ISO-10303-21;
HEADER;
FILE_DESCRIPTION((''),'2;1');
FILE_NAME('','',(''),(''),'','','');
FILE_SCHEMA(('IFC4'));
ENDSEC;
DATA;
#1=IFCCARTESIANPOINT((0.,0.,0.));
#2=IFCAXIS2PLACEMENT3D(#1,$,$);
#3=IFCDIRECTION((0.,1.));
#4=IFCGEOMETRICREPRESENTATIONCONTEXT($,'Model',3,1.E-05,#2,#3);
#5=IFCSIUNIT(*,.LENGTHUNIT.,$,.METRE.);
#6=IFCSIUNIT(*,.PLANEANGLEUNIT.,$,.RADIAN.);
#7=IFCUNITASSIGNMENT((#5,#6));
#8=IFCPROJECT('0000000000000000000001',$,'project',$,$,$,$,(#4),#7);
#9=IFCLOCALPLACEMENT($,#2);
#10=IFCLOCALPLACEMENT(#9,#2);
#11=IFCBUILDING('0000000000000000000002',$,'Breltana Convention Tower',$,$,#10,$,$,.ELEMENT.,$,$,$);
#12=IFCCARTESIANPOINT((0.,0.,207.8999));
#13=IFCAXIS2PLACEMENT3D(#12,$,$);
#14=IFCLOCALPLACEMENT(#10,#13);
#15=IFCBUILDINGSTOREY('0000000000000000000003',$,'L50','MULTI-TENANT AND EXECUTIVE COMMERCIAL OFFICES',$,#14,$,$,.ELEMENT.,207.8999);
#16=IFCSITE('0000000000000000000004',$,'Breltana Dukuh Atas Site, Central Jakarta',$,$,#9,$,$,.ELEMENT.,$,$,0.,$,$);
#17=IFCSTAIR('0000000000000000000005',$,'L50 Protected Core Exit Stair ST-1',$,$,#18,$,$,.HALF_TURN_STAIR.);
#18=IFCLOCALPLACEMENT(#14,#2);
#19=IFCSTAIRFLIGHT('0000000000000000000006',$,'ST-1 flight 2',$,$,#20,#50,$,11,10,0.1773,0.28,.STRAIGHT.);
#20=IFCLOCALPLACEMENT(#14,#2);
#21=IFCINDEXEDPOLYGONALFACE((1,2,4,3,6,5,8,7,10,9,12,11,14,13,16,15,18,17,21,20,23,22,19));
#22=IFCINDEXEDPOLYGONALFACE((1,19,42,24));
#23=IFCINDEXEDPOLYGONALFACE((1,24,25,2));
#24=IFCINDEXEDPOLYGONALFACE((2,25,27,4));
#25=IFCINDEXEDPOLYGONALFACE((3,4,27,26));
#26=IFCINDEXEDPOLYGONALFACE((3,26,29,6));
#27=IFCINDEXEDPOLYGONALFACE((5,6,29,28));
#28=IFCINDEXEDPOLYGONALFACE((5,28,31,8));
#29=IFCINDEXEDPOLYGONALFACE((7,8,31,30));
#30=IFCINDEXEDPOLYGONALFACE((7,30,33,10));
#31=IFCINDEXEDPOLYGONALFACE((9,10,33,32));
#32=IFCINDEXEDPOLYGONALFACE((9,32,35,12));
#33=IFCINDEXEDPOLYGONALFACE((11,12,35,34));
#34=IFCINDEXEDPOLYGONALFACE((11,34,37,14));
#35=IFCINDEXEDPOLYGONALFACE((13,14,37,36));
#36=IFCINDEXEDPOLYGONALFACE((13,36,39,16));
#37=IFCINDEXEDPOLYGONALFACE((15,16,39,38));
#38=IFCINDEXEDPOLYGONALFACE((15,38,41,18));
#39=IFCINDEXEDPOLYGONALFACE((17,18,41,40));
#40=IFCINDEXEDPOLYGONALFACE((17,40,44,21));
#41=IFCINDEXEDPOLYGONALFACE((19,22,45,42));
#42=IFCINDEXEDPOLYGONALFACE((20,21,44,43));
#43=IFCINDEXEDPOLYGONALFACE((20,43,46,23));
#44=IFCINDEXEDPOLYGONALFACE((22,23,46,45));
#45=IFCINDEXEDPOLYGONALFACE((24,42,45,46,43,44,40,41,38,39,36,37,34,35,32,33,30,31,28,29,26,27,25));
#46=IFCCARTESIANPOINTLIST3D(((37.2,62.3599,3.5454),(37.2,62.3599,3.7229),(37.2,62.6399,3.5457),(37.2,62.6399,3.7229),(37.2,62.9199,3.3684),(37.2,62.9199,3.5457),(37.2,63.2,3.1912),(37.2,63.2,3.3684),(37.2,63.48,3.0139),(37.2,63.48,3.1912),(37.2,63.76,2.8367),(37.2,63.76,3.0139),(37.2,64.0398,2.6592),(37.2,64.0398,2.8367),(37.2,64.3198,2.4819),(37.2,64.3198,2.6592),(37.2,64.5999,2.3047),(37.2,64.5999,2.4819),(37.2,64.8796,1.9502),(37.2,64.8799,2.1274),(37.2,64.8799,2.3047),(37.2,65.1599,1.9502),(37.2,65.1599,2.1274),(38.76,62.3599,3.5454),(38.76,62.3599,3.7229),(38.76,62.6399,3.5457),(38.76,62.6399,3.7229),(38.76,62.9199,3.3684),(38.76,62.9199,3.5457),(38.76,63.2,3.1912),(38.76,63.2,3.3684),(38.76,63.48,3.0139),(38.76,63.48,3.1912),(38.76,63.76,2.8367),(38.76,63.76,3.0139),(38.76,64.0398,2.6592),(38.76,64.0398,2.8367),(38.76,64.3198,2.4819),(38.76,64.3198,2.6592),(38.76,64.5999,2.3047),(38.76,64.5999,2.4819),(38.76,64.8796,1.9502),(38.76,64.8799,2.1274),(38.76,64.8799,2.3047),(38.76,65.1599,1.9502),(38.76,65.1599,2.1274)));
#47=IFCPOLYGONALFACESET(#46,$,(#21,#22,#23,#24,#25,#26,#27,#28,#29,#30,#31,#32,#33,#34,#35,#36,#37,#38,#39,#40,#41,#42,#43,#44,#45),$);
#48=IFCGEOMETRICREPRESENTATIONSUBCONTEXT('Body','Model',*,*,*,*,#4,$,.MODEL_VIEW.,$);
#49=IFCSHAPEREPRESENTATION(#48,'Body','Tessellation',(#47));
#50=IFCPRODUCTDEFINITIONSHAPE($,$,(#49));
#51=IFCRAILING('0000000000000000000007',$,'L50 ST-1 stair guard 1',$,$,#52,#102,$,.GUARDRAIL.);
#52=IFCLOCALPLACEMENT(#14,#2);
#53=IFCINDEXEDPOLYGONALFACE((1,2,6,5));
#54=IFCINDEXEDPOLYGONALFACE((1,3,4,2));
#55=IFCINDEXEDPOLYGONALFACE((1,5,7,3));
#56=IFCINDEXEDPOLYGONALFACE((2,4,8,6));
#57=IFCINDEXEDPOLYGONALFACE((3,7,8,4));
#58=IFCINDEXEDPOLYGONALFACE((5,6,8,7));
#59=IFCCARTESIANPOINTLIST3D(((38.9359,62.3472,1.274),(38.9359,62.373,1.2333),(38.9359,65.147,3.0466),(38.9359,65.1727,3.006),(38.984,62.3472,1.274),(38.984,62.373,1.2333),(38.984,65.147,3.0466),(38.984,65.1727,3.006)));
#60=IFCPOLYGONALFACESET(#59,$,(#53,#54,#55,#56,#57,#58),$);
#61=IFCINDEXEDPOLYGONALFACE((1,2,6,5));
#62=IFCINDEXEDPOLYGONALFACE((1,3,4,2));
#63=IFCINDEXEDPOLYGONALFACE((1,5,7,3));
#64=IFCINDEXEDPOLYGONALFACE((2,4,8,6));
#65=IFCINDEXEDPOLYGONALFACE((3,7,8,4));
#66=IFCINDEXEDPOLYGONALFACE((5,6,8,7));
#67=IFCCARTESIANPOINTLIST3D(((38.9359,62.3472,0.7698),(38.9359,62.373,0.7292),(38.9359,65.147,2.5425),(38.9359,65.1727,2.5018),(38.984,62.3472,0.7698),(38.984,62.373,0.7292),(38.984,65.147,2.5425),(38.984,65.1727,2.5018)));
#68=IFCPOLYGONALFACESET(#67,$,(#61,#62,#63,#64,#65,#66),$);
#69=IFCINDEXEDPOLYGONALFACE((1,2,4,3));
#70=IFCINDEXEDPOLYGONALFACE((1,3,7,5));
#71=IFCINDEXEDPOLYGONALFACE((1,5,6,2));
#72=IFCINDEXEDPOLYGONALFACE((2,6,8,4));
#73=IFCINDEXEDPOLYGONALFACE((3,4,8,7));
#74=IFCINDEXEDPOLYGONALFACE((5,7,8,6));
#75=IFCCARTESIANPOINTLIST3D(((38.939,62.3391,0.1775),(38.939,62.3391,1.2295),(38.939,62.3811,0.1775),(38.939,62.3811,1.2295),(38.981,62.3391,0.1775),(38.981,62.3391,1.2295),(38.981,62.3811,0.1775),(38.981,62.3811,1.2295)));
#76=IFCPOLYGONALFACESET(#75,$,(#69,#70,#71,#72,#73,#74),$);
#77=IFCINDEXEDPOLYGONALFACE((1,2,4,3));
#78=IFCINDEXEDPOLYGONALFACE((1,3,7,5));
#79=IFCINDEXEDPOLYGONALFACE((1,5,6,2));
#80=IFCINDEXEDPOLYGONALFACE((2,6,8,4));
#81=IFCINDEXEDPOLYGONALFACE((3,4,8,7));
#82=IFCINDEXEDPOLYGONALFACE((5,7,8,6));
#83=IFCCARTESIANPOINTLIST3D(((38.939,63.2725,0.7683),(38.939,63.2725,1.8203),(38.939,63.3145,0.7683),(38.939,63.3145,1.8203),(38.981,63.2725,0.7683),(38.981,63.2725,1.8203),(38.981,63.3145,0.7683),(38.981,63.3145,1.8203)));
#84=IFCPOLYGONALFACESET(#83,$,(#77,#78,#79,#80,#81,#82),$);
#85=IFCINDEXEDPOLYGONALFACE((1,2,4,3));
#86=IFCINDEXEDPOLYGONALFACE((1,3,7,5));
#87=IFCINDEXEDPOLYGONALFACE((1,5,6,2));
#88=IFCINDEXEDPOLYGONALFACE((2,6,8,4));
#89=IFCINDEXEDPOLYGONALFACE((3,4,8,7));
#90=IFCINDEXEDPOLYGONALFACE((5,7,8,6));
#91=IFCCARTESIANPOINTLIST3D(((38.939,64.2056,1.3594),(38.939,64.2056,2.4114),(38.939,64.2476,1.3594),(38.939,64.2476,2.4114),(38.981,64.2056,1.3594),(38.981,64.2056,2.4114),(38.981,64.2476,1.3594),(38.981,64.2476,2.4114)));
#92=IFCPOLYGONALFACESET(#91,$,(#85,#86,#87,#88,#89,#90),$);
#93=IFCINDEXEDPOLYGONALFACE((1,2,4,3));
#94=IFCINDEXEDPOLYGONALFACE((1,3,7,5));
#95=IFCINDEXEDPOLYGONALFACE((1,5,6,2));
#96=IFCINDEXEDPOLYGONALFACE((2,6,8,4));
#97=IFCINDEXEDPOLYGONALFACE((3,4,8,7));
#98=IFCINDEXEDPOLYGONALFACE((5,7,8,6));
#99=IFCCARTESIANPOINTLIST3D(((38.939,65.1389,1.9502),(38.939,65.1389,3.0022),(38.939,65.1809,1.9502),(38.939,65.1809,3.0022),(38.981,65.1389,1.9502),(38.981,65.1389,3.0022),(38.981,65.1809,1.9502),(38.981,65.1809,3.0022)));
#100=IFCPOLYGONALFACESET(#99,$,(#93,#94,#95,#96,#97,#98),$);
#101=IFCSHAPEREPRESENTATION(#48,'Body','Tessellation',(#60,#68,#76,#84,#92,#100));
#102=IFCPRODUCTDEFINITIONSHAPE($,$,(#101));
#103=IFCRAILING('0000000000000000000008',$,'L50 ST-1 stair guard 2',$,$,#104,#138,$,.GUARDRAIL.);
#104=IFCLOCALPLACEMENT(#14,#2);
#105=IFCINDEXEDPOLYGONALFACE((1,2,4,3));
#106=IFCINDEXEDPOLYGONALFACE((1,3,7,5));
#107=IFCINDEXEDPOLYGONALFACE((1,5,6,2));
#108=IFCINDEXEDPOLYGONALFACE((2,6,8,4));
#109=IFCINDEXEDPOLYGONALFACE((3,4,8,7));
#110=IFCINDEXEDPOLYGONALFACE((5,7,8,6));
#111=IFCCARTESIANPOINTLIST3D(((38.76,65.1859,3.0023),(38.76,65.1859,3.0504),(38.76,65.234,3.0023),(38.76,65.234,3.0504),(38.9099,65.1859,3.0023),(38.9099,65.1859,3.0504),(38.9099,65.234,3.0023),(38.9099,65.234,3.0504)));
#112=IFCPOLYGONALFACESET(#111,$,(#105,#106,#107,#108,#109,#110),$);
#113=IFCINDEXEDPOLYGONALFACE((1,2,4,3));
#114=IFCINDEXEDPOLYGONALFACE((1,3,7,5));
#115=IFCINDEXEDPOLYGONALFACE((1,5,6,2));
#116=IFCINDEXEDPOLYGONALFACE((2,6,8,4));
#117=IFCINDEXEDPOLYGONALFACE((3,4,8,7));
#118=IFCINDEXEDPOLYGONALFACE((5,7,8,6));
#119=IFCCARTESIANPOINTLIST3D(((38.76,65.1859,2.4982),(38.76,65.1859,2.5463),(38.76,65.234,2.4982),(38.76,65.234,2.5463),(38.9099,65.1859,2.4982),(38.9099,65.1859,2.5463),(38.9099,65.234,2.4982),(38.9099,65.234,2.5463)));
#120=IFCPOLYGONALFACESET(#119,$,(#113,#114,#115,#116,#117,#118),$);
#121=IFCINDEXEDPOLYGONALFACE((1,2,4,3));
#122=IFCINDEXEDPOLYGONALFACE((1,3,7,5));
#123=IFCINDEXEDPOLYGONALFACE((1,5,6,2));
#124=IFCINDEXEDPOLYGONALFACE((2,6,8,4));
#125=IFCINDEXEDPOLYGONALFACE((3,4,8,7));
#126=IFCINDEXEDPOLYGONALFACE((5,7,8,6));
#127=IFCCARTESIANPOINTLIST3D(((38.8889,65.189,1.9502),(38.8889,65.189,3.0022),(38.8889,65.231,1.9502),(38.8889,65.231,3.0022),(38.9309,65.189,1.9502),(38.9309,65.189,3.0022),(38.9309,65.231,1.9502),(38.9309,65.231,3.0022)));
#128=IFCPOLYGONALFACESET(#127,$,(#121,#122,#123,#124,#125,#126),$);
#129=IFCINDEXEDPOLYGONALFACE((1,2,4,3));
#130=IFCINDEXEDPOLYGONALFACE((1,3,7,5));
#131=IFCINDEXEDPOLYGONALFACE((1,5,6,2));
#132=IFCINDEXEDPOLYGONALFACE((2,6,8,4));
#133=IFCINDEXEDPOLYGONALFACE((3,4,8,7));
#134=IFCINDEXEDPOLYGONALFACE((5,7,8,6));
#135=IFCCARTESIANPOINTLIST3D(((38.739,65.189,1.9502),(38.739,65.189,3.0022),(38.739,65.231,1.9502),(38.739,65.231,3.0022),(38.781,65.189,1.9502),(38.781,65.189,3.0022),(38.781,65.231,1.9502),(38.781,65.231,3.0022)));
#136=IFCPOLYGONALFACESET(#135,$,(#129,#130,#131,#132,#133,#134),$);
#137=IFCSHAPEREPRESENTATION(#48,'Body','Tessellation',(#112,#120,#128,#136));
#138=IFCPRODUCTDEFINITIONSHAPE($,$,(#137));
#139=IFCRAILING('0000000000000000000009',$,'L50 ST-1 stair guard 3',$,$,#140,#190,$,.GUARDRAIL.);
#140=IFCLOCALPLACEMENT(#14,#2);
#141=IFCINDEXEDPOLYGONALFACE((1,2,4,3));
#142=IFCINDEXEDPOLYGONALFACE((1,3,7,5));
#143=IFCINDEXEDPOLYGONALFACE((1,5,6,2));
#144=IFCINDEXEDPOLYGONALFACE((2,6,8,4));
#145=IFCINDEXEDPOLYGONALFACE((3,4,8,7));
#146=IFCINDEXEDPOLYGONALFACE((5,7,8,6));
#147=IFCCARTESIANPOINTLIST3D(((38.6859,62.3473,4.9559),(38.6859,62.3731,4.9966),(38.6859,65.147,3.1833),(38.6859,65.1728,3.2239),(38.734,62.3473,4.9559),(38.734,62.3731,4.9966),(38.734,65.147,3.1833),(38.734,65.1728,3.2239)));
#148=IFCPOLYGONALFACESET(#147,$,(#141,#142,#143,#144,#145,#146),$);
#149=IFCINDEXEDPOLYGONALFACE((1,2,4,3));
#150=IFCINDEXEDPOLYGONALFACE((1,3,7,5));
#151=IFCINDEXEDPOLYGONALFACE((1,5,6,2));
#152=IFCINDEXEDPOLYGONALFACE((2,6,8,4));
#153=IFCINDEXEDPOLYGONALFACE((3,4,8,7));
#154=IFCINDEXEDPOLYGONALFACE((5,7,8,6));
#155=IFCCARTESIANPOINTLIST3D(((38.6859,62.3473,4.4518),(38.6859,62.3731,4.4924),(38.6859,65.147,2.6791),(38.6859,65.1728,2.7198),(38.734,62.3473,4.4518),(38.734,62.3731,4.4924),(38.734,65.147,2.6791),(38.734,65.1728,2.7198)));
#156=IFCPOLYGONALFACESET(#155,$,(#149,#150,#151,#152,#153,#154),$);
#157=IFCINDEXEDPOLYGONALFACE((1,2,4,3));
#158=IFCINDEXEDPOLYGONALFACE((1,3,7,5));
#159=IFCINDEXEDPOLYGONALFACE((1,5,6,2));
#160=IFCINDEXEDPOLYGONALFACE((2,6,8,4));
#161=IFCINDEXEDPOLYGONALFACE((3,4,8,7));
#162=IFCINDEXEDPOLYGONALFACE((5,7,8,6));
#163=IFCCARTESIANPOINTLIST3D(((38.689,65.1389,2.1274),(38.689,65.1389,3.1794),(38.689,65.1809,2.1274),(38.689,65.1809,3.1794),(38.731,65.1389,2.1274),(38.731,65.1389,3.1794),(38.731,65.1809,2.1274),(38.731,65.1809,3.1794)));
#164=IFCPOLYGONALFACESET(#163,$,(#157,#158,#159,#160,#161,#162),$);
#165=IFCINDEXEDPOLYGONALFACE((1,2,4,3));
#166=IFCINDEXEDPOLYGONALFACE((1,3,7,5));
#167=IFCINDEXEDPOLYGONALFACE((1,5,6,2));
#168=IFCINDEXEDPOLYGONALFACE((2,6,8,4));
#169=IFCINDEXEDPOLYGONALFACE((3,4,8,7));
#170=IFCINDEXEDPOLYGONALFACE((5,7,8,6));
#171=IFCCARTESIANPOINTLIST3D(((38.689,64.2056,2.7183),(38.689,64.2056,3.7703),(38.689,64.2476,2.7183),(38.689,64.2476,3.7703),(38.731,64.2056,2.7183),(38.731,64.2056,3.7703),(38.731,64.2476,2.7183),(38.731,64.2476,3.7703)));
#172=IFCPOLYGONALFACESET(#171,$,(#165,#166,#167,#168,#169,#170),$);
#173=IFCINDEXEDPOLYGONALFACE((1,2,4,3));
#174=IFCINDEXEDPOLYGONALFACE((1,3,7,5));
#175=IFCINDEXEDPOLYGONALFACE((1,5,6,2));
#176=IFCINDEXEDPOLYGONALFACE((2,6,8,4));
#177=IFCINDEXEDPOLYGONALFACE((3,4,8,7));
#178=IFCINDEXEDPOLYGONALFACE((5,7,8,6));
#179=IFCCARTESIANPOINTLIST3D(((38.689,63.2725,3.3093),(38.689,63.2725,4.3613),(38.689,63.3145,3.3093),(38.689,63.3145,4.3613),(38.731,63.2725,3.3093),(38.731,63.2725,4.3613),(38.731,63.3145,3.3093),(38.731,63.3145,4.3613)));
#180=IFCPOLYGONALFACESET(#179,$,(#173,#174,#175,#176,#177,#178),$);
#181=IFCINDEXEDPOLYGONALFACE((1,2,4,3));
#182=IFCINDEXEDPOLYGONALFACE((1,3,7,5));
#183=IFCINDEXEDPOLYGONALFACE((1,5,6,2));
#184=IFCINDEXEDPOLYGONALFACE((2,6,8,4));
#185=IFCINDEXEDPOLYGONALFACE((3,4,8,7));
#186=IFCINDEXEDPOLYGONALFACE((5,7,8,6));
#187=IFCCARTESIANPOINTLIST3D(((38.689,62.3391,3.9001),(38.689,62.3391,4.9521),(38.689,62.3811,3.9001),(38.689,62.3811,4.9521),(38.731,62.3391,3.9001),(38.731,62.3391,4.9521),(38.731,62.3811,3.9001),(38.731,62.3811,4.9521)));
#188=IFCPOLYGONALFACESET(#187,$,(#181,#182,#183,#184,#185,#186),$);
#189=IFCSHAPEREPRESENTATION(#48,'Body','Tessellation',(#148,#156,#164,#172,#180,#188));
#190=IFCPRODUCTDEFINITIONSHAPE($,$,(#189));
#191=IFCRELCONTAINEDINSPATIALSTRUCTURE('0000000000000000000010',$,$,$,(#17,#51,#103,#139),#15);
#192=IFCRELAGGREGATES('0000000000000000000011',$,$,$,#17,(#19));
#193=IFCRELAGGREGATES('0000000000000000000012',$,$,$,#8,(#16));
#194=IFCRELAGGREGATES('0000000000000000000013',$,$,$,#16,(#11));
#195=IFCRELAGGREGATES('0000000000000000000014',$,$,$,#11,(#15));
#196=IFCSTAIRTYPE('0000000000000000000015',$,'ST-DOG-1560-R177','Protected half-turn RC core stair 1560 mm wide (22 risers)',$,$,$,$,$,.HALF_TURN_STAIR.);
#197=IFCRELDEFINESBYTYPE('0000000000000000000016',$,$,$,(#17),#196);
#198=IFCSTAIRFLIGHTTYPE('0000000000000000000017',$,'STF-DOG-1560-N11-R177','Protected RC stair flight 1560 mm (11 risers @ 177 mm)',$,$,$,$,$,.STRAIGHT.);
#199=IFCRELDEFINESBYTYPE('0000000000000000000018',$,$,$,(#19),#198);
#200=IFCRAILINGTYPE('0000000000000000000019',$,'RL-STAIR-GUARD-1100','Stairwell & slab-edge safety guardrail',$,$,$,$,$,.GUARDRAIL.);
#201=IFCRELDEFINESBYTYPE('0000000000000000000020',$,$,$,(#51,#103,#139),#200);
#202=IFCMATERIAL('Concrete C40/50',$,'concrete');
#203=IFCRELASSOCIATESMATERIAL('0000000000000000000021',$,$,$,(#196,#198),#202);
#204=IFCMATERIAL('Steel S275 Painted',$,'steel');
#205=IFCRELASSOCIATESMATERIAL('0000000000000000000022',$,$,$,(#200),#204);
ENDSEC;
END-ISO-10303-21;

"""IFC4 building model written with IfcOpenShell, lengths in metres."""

from ifc_helpers import new_model, si_unit, direction, frame, origin, origin_2d, place, context, subcontext, project, spatial, polyline, rectangle, outline, extrude, material, type_object, element, aggregate, save


model = new_model("IFC4")

# Units and contexts
model_context = context("Model", 3, precision=1e-05, world=origin(), true_north=direction((0.0, 1.0)))
body_context = subcontext(model_context, "Body", "Model", "MODEL_VIEW")
ifc_project = project(units=[si_unit("LENGTHUNIT", "METRE"), si_unit("PLANEANGLEUNIT", "RADIAN")], contexts=[model_context])

# Site, building, storey
site_placement = place(None, origin())
site = spatial("IfcSite", under=ifc_project, at=site_placement, Name="Breltana Dukuh Atas Site, Central Jakarta", CompositionType="ELEMENT", RefElevation=0.0)
building_placement = place(site_placement, origin())
building = spatial("IfcBuilding", under=site, at=building_placement, Name="Breltana Convention Tower", CompositionType="ELEMENT")
storey_placement = place(building_placement, frame((0.0, 0.0, 207.8999)))
storey = spatial("IfcBuildingStorey", under=building, at=storey_placement, Name="L50", Description="MULTI-TENANT AND EXECUTIVE COMMERCIAL OFFICES", CompositionType="ELEMENT", Elevation=207.8999)

# Stair, stair flight
ifc_material_1 = material(Name="Concrete C40/50", Category="concrete")
stair_type = type_object("IfcStairType", Name="ST-DOG-1560-R177", Description="Protected half-turn RC core stair 1560 mm wide (22 risers)", PredefinedType="HALF_TURN_STAIR", material=ifc_material_1)
stair_placement = place(storey_placement, origin())
stair = element("IfcStair", 1, at=stair_placement, inside=storey, type_object=stair_type, Name="L50 Protected Core Exit Stair ST-1", PredefinedType="HALF_TURN_STAIR")
stair_flight_type = type_object("IfcStairFlightType", Name="STF-DOG-1560-N11-R177", Description="Protected RC stair flight 1560 mm (11 risers @ 177 mm)", PredefinedType="STRAIGHT", material=ifc_material_1)
stair_flight_1_placement = place(storey_placement, frame((37.98, 65.1599, 1.9502), z_axis=(0.0, 0.0, 1.0), x_axis=(0.0, -1.0, 0.0)))
stair_flight_1 = element("IfcStairFlight", 2, at=stair_flight_1_placement, type_object=stair_flight_type, Name="ST-1 flight 2", NumberOfRisers=11, NumberOfTreads=10, PredefinedType="STRAIGHT", RiserHeight=0.1773, TreadLength=0.28, context=body_context, shape_type="SweptSolid", body=[
    extrude(outline(polyline([(0.0, 0.0), (0.0, 0.1772), (0.28, 0.1772), (0.28, 0.3545), (0.5601, 0.3545), (0.5601, 0.5317), (0.8401, 0.5317), (0.8401, 0.709), (1.1201, 0.709), (1.1201, 0.8865), (1.3999, 0.8865), (1.3999, 1.0637), (1.6799, 1.0637), (1.6799, 1.241), (1.96, 1.241), (1.96, 1.4182), (2.24, 1.4182), (2.24, 1.5955), (2.52, 1.5955), (2.52, 1.7727), (2.8, 1.7727), (2.8, 1.95), (2.8, 1.5952), (0.2803, 0.0), (0.0, 0.0)])), frame((0.0, 0.78, 0.0), z_axis=(0.0, -1.0, 0.0), x_axis=(1.0, 0.0, 0.0)), (0.0, 0.0, 1.0), 1.5601),
])
aggregate(stair, [stair_flight_1])

# Railings
ifc_material_2 = material(Name="Steel S275 Painted", Category="steel")
railing_type_1 = type_object("IfcRailingType", Name="RL-STAIR-GUARD-1100", Description="Stairwell & slab-edge safety guardrail", PredefinedType="GUARDRAIL", material=ifc_material_2)
railing_1_placement = place(storey_placement, frame((38.96, 62.3601, 0.1775)))
element("IfcRailing", 3, at=railing_1_placement, inside=storey, type_object=railing_type_1, Name="L50 ST-1 stair guard 1", PredefinedType="GUARDRAIL", context=body_context, shape_type="SweptSolid", body=[
    extrude(rectangle(XDim=0.0481, YDim=0.0481, at=origin_2d()), frame((0.0, 0.0, 1.0762), z_axis=(0.0, 0.844888, 0.534943), x_axis=(-1.0, 0.0, 0.0)), (0.0, 0.0, 1.0), 3.3137),
    extrude(rectangle(XDim=0.0481, YDim=0.0481, at=origin_2d()), frame((0.0, 0.0, 0.572), z_axis=(0.0, 0.844888, 0.534943), x_axis=(-1.0, 0.0, 0.0)), (0.0, 0.0, 1.0), 3.3137),
    extrude(rectangle(XDim=0.042, YDim=0.042, at=origin_2d()), origin(), (0.0, 0.0, 1.0), 1.052),
    extrude(rectangle(XDim=0.042, YDim=0.042, at=origin_2d()), frame((0.0, 0.9333, 0.5908)), (0.0, 0.0, 1.0), 1.052),
    extrude(rectangle(XDim=0.042, YDim=0.042, at=origin_2d()), frame((0.0, 1.8665, 1.1819)), (0.0, 0.0, 1.0), 1.052),
    extrude(rectangle(XDim=0.042, YDim=0.042, at=origin_2d()), frame((0.0, 2.7998, 1.7727)), (0.0, 0.0, 1.0), 1.052),
])
railing_2_placement = place(storey_placement, frame((38.9099, 65.21, 1.9502)))
element("IfcRailing", 4, at=railing_2_placement, inside=storey, type_object=railing_type_1, Name="L50 ST-1 stair guard 2", PredefinedType="GUARDRAIL", context=body_context, shape_type="SweptSolid", body=[
    extrude(rectangle(XDim=0.0481, YDim=0.0481, at=origin_2d()), frame((0.0, 0.0, 1.0762), z_axis=(-1.0, 0.0, 0.0), x_axis=(0.0, -1.0, 0.0)), (0.0, 0.0, 1.0), 0.1499),
    extrude(rectangle(XDim=0.0481, YDim=0.0481, at=origin_2d()), frame((0.0, 0.0, 0.572), z_axis=(-1.0, 0.0, 0.0), x_axis=(0.0, -1.0, 0.0)), (0.0, 0.0, 1.0), 0.1499),
    extrude(rectangle(XDim=0.042, YDim=0.042, at=origin_2d()), origin(), (0.0, 0.0, 1.0), 1.052),
    extrude(rectangle(XDim=0.042, YDim=0.042, at=origin_2d()), frame((-0.1499, 0.0, 0.0)), (0.0, 0.0, 1.0), 1.052),
])
railing_3_placement = place(storey_placement, frame((38.71, 65.1599, 2.1274)))
element("IfcRailing", 5, at=railing_3_placement, inside=storey, type_object=railing_type_1, Name="L50 ST-1 stair guard 3", PredefinedType="GUARDRAIL", context=body_context, shape_type="SweptSolid", body=[
    extrude(rectangle(XDim=0.0481, YDim=0.0481, at=origin_2d()), frame((0.0, 0.0, 1.0762), z_axis=(0.0, -0.844888, 0.534943), x_axis=(1.0, 0.0, 0.0)), (0.0, 0.0, 1.0), 3.3137),
    extrude(rectangle(XDim=0.0481, YDim=0.0481, at=origin_2d()), frame((0.0, 0.0, 0.572), z_axis=(0.0, -0.844888, 0.534943), x_axis=(1.0, 0.0, 0.0)), (0.0, 0.0, 1.0), 3.3137),
    extrude(rectangle(XDim=0.042, YDim=0.042, at=origin_2d()), origin(), (0.0, 0.0, 1.0), 1.052),
    extrude(rectangle(XDim=0.042, YDim=0.042, at=origin_2d()), frame((0.0, -0.9333, 0.5908)), (0.0, 0.0, 1.0), 1.052),
    extrude(rectangle(XDim=0.042, YDim=0.042, at=origin_2d()), frame((0.0, -1.8665, 1.1819)), (0.0, 0.0, 1.0), 1.052),
    extrude(rectangle(XDim=0.042, YDim=0.042, at=origin_2d()), frame((0.0, -2.7998, 1.7727)), (0.0, 0.0, 1.0), 1.052),
])

save(model, "model.ifc")
